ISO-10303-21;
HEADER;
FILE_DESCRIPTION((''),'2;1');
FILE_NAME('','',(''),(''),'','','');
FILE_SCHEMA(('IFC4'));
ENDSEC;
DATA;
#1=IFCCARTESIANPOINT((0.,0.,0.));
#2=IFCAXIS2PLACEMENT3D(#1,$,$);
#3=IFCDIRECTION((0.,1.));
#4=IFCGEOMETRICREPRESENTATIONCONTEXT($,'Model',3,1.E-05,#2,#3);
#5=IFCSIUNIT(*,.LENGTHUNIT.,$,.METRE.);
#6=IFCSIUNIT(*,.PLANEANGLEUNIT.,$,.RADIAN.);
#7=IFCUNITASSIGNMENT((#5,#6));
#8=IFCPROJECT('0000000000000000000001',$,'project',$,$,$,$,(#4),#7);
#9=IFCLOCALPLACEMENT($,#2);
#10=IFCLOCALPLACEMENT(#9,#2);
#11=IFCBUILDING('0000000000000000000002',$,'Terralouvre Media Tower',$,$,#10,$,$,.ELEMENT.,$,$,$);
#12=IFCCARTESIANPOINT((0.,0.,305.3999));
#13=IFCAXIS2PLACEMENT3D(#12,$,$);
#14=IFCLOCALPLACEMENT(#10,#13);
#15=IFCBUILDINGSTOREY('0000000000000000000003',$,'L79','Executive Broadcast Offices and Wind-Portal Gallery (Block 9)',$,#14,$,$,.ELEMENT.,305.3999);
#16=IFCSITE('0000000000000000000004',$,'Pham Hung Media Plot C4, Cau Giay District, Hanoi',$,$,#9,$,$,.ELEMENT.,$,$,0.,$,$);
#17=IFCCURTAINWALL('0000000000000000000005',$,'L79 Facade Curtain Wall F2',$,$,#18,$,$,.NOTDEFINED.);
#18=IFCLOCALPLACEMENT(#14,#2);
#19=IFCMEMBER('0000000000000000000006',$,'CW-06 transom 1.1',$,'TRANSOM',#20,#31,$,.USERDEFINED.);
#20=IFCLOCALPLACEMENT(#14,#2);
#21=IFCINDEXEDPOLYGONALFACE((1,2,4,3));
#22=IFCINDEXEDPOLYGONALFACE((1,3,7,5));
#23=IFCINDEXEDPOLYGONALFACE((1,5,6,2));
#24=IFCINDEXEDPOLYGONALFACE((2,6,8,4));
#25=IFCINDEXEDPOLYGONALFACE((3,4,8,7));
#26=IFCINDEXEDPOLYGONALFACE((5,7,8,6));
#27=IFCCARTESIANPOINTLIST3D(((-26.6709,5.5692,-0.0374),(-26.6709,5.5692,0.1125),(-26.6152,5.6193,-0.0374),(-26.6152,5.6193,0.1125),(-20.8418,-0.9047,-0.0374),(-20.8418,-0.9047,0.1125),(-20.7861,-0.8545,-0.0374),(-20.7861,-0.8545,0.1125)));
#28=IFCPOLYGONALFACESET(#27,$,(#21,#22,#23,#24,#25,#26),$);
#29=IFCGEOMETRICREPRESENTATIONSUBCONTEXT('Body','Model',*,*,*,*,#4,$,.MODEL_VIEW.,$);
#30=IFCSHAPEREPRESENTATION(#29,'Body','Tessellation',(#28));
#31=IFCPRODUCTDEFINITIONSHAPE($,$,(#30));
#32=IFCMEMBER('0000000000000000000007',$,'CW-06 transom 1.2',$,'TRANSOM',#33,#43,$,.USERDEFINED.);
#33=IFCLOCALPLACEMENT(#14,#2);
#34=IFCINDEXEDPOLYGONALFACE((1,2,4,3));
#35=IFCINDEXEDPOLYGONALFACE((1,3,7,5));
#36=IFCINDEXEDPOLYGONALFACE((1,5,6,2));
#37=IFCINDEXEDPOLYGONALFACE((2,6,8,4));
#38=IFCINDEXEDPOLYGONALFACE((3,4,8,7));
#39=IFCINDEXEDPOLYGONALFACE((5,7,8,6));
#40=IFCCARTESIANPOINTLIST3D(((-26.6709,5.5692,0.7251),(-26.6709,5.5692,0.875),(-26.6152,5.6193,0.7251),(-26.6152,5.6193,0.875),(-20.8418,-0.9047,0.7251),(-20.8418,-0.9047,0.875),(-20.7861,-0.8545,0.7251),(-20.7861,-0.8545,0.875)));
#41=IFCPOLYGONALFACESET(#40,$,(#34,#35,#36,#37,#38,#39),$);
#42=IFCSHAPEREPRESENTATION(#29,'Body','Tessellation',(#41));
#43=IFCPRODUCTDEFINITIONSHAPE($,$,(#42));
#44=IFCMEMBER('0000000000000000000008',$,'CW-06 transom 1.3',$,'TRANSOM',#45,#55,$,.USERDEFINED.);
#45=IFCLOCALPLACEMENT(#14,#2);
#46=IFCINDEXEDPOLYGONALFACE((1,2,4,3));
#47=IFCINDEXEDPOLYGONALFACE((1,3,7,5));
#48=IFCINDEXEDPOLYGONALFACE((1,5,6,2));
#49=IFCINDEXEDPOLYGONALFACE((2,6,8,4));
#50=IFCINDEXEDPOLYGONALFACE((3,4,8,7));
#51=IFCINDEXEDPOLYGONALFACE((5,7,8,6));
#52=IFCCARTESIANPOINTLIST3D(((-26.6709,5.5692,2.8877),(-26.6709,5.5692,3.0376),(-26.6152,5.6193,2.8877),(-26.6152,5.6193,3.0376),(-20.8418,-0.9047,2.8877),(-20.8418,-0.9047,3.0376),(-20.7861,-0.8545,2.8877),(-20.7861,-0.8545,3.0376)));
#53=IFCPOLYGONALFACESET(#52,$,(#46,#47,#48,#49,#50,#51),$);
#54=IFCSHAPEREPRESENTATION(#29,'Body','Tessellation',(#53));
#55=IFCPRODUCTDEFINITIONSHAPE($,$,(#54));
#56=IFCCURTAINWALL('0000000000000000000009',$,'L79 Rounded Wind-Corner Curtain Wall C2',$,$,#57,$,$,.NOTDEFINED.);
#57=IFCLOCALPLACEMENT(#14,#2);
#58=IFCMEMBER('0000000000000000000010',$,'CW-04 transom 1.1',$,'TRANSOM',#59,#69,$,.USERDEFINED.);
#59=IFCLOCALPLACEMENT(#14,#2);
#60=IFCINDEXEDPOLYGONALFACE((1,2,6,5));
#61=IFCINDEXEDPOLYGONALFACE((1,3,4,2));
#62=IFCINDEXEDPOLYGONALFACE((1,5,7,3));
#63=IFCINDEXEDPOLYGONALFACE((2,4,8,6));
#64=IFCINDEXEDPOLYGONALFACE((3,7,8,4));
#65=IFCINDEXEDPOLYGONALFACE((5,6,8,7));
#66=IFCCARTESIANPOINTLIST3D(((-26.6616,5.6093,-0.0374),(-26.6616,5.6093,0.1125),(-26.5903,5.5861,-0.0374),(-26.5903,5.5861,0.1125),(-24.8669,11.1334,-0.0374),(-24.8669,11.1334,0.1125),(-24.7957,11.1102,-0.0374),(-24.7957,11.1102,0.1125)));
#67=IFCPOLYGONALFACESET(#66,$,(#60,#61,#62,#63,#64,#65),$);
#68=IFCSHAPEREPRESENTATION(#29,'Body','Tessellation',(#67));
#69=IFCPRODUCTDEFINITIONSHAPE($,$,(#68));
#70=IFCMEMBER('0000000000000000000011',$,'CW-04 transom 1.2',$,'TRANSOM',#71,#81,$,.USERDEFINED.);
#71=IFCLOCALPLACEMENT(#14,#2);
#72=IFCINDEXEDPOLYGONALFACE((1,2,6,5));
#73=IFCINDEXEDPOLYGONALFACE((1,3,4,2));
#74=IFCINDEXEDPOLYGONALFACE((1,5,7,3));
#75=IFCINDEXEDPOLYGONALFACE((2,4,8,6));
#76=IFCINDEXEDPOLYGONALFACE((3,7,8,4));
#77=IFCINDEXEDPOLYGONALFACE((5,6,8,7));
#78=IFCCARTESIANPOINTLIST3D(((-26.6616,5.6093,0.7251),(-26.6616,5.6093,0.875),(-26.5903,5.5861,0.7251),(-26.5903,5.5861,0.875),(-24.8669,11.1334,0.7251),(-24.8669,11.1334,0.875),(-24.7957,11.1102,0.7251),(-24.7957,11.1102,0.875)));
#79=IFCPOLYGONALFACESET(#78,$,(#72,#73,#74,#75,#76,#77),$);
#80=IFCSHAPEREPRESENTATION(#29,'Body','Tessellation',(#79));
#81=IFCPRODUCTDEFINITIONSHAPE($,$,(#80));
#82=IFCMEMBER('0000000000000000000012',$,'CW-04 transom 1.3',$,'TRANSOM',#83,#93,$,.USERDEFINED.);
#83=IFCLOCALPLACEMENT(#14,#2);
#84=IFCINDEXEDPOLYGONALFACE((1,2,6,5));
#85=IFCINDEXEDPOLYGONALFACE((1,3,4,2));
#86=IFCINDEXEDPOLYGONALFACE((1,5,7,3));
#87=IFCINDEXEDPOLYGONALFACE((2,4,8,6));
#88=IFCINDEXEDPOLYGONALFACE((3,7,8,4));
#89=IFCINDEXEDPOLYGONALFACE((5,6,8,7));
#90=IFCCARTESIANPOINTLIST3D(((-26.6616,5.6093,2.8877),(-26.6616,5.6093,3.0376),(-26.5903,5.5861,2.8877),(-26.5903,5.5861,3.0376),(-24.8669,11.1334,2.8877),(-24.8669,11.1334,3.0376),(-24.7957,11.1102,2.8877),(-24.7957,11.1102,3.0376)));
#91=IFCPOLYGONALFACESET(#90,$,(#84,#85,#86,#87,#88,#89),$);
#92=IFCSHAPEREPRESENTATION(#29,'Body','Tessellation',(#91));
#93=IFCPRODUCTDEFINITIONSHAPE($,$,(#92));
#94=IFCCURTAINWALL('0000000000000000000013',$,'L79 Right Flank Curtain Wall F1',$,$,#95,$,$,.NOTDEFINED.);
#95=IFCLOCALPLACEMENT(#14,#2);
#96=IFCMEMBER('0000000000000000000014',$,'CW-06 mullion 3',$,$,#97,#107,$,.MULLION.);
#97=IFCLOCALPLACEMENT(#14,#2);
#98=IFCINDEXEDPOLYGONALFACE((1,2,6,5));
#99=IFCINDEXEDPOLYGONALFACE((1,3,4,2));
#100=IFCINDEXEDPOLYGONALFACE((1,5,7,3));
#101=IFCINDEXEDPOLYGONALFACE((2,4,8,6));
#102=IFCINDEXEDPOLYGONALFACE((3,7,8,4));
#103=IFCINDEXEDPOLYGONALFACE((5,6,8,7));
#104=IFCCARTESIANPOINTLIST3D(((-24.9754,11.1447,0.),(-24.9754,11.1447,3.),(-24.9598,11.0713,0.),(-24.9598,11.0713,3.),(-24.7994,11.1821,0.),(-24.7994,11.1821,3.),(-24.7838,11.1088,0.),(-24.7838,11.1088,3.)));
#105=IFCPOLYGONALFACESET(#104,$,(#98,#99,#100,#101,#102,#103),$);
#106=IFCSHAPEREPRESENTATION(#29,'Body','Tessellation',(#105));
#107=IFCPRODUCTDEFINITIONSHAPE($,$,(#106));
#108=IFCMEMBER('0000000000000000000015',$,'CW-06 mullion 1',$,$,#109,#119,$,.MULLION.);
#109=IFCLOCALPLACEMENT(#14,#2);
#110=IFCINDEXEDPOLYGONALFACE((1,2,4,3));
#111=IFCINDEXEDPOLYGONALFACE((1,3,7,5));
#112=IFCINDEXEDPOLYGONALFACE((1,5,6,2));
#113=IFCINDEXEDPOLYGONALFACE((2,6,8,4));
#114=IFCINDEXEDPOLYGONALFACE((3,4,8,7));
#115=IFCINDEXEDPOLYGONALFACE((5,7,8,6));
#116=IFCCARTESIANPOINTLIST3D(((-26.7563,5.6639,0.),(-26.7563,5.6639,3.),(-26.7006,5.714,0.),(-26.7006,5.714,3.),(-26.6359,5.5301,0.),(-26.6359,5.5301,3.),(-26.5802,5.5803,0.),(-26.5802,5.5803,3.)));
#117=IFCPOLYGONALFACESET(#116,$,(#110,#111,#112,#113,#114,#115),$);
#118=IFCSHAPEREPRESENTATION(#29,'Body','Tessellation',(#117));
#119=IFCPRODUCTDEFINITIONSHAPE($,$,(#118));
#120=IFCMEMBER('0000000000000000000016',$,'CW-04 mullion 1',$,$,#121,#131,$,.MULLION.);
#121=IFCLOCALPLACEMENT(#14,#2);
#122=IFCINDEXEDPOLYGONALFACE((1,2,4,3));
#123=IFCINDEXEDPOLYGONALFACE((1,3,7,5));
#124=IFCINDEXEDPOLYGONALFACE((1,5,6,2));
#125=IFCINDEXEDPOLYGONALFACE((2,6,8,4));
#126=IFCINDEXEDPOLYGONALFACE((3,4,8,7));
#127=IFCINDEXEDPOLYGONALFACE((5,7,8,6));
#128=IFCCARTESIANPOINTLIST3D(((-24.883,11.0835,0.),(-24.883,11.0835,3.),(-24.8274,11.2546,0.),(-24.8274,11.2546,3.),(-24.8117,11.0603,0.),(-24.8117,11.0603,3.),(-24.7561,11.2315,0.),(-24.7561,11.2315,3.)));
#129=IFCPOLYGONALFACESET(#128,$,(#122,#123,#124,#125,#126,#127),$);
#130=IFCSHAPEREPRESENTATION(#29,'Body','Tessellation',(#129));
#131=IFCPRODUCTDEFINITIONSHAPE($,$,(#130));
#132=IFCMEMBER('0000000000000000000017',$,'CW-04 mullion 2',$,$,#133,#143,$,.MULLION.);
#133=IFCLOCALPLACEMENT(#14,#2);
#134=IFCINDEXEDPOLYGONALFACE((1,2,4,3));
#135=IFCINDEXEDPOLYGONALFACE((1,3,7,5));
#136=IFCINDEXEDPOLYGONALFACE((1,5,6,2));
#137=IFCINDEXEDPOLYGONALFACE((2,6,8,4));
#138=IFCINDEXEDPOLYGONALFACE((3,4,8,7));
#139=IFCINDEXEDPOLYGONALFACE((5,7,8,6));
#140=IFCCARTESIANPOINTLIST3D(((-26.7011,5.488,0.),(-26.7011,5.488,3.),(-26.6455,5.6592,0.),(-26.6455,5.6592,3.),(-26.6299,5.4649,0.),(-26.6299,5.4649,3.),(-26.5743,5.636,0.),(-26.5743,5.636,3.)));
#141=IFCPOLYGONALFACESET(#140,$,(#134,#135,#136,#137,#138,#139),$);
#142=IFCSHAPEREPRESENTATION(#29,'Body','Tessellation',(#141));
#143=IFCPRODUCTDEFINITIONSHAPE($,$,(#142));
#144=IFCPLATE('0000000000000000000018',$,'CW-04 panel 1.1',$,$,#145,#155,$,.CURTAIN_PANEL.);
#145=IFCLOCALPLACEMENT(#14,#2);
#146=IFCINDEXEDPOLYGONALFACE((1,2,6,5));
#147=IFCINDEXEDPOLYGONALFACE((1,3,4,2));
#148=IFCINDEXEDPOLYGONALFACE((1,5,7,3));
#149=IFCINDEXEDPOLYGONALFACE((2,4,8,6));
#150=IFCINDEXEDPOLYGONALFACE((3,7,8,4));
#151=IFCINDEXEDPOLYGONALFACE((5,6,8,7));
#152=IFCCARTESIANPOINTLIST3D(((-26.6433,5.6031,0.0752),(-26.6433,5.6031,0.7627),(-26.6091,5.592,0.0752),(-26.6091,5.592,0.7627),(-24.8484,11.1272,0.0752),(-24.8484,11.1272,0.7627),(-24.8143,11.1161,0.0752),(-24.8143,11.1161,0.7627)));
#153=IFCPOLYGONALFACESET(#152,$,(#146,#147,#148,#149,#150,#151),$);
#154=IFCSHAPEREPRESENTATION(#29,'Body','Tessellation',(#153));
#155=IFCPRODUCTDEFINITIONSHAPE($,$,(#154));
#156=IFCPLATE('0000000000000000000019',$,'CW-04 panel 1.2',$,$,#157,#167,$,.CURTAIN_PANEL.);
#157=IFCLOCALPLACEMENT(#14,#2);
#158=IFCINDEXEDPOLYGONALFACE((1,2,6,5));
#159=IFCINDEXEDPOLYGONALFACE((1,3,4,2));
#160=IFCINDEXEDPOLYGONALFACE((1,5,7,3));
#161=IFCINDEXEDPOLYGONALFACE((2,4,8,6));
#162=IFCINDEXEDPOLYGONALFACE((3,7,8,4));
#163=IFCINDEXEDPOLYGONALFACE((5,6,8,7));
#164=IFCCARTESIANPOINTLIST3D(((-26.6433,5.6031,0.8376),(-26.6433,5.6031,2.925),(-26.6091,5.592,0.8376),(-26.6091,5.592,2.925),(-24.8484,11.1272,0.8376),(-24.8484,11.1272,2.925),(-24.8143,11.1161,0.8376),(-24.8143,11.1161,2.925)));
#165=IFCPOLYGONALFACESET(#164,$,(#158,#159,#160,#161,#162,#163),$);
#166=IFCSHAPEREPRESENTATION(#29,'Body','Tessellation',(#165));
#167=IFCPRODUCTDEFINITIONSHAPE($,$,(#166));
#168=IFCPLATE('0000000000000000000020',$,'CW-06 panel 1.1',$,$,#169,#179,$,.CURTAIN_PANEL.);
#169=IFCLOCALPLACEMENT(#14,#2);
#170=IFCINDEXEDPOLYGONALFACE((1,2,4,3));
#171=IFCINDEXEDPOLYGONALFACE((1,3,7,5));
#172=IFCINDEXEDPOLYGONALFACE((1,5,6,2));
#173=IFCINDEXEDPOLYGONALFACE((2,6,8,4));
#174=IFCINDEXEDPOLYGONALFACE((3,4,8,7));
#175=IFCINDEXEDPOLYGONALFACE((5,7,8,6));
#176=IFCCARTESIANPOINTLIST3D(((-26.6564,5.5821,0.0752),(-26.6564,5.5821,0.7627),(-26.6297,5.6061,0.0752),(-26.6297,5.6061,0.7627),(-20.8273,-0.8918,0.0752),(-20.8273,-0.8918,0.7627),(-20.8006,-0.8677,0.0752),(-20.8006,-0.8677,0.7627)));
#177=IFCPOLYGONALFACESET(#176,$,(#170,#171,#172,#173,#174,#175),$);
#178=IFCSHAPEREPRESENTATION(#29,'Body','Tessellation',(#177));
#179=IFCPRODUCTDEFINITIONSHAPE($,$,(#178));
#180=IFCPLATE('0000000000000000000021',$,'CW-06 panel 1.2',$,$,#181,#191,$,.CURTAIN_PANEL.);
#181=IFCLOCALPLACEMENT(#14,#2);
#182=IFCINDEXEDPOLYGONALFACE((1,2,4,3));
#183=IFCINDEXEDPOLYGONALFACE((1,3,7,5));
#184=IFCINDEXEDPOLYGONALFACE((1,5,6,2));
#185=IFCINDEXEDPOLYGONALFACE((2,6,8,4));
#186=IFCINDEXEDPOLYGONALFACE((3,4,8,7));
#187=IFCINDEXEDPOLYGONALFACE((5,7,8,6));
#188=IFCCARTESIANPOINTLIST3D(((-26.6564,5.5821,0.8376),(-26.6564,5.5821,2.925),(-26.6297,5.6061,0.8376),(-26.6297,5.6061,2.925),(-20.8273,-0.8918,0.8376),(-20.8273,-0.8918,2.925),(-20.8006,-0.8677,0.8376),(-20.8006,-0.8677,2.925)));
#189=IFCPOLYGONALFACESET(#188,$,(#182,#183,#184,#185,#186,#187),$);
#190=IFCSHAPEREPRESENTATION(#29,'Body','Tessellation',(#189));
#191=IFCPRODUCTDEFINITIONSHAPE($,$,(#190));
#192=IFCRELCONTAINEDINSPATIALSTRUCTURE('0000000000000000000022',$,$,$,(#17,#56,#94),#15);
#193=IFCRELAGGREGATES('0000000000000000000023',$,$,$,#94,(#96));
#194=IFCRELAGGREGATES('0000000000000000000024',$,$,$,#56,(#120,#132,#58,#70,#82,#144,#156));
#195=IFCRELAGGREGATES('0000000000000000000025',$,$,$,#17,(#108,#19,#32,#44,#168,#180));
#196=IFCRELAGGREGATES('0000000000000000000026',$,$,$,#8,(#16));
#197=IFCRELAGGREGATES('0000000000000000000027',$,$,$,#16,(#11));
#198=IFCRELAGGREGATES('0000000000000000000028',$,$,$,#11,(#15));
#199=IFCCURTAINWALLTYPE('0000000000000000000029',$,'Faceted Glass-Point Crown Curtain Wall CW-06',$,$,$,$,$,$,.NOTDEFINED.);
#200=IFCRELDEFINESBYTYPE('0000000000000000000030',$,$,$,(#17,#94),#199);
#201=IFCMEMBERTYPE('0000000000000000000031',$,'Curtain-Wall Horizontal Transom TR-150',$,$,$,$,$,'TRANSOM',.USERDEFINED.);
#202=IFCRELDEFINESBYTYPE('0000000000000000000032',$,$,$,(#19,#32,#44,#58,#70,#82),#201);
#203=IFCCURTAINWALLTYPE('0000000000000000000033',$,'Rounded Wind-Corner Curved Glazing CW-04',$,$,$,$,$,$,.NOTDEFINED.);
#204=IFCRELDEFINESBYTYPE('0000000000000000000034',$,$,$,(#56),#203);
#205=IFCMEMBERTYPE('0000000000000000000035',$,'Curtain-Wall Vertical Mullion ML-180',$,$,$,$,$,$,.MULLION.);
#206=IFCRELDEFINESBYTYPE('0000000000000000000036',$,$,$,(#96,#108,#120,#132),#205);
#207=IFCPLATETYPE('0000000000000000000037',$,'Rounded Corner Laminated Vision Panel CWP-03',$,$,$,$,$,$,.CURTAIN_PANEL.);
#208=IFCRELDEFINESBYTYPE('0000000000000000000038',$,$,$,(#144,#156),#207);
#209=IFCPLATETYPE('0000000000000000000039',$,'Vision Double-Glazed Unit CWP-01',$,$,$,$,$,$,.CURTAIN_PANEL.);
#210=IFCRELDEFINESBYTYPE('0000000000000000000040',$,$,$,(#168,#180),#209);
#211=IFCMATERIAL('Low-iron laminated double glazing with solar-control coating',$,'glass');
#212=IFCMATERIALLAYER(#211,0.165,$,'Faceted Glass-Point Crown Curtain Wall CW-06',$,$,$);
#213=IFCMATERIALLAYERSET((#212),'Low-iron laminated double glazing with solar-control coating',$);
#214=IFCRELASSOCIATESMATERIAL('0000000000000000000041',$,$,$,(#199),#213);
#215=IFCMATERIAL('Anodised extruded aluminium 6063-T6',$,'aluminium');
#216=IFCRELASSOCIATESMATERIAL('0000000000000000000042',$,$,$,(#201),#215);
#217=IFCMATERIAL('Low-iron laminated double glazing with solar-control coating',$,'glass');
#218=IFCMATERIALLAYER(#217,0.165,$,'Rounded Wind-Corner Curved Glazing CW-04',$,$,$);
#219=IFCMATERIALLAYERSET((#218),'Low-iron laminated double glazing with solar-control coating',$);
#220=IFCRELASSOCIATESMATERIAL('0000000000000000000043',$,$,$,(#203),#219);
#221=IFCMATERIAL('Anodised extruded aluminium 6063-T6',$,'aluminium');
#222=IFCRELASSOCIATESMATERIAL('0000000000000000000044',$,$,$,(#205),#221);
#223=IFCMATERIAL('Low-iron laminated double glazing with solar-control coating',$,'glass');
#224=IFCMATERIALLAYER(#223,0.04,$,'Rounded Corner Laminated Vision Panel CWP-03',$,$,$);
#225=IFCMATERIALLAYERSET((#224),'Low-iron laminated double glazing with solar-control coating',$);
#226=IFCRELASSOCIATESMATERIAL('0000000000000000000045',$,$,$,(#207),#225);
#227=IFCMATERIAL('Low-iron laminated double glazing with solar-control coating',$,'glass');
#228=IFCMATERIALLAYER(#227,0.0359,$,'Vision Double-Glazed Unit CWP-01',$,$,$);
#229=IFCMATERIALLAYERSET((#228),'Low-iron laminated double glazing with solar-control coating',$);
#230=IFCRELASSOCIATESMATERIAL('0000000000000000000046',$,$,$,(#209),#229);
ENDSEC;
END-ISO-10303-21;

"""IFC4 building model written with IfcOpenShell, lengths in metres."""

from ifc_helpers import new_model, si_unit, direction, frame, origin, origin_2d, place, context, subcontext, project, spatial, rectangle, extrude, material, layer, layer_set, material_profile, profile_set, type_object, element, aggregate, save


model = new_model("IFC4")

# Units and contexts
model_context = context("Model", 3, precision=1e-05, world=origin(), true_north=direction((0.0, 1.0)))
body_context = subcontext(model_context, "Body", "Model", "MODEL_VIEW")
ifc_project = project(units=[si_unit("LENGTHUNIT", "METRE"), si_unit("PLANEANGLEUNIT", "RADIAN")], contexts=[model_context])

# Site, building, storey
site_placement = place(None, origin())
site = spatial("IfcSite", under=ifc_project, at=site_placement, Name="Pham Hung Media Plot C4, Cau Giay District, Hanoi", CompositionType="ELEMENT", RefElevation=0.0)
building_placement = place(site_placement, origin())
building = spatial("IfcBuilding", under=site, at=building_placement, Name="Terralouvre Media Tower", CompositionType="ELEMENT")
storey_placement = place(building_placement, frame((0.0, 0.0, 305.3999)))
storey = spatial("IfcBuildingStorey", under=building, at=storey_placement, Name="L79", Description="Executive Broadcast Offices and Wind-Portal Gallery (Block 9)", CompositionType="ELEMENT", Elevation=305.3999)

# Curtain walls, members
ifc_material_1 = material(Name="Low-iron laminated double glazing with solar-control coating", Category="glass")
ifc_layer_1 = layer(ifc_material_1, 0.165, Name="Faceted Glass-Point Crown Curtain Wall CW-06")
ifc_layer_set_1 = layer_set([ifc_layer_1], Name="Low-iron laminated double glazing with solar-control coating")
curtain_wall_type_1 = type_object("IfcCurtainWallType", Name="Faceted Glass-Point Crown Curtain Wall CW-06", PredefinedType="NOTDEFINED", material=ifc_layer_set_1)
curtain_wall_1_placement = place(storey_placement, origin())
curtain_wall_1 = element("IfcCurtainWall", 1, at=curtain_wall_1_placement, inside=storey, type_object=curtain_wall_type_1, Name="L79 Facade Curtain Wall F2", PredefinedType="NOTDEFINED")
ifc_material_2 = material(Name="Anodised extruded aluminium 6063-T6", Category="aluminium")
ifc_material_profile_1 = material_profile(ifc_material_2, rectangle(XDim=0.075, YDim=0.1499, at=origin_2d()), Name="ALU 75x150")
ifc_profile_set_1 = profile_set([ifc_material_profile_1], Name="Anodised extruded aluminium 6063-T6")
member_type_1 = type_object("IfcMemberType", Name="Curtain-Wall Horizontal Transom TR-150", ElementType="TRANSOM", PredefinedType="USERDEFINED", material=ifc_profile_set_1)
member_1_placement = place(storey_placement, frame((-26.6431, 5.5942, 0.0376), z_axis=(0.66913, -0.743145, 0.0), x_axis=(0.743145, 0.66913, 0.0)))
member_1 = element("IfcMember", 2, at=member_1_placement, type_object=member_type_1, Name="CW-06 transom 1.1", ObjectType="TRANSOM", PredefinedType="USERDEFINED", context=body_context, shape_type="SweptSolid", body=[
    extrude(rectangle(XDim=0.075, YDim=0.1499, at=origin_2d()), origin(), (0.0, 0.0, 1.0), 8.7114),
])
member_2_placement = place(storey_placement, frame((-26.6431, 5.5942, 0.8), z_axis=(0.66913, -0.743145, 0.0), x_axis=(0.743145, 0.66913, 0.0)))
member_2 = element("IfcMember", 3, at=member_2_placement, type_object=member_type_1, Name="CW-06 transom 1.2", ObjectType="TRANSOM", PredefinedType="USERDEFINED", context=body_context, shape_type="SweptSolid", body=[
    extrude(rectangle(XDim=0.075, YDim=0.1499, at=origin_2d()), origin(), (0.0, 0.0, 1.0), 8.7114),
])
member_3_placement = place(storey_placement, frame((-26.6431, 5.5942, 2.9626), z_axis=(0.66913, -0.743145, 0.0), x_axis=(0.743145, 0.66913, 0.0)))
member_3 = element("IfcMember", 4, at=member_3_placement, type_object=member_type_1, Name="CW-06 transom 1.3", ObjectType="TRANSOM", PredefinedType="USERDEFINED", context=body_context, shape_type="SweptSolid", body=[
    extrude(rectangle(XDim=0.075, YDim=0.1499, at=origin_2d()), origin(), (0.0, 0.0, 1.0), 8.7114),
])
ifc_material_3 = material(Name="Low-iron laminated double glazing with solar-control coating", Category="glass")
ifc_layer_2 = layer(ifc_material_3, 0.165, Name="Rounded Wind-Corner Curved Glazing CW-04")
ifc_layer_set_2 = layer_set([ifc_layer_2], Name="Low-iron laminated double glazing with solar-control coating")
curtain_wall_type_2 = type_object("IfcCurtainWallType", Name="Rounded Wind-Corner Curved Glazing CW-04", PredefinedType="NOTDEFINED", material=ifc_layer_set_2)
curtain_wall_2_placement = place(storey_placement, origin())
curtain_wall_2 = element("IfcCurtainWall", 5, at=curtain_wall_2_placement, inside=storey, type_object=curtain_wall_type_2, Name="L79 Rounded Wind-Corner Curtain Wall C2", PredefinedType="NOTDEFINED")
member_4_placement = place(storey_placement, frame((-24.8313, 11.1218, 0.0376), z_axis=(-0.308981, -0.951068, 0.0), x_axis=(0.951068, -0.308981, 0.0)))
member_4 = element("IfcMember", 6, at=member_4_placement, type_object=member_type_1, Name="CW-04 transom 1.1", ObjectType="TRANSOM", PredefinedType="USERDEFINED", context=body_context, shape_type="SweptSolid", body=[
    extrude(rectangle(XDim=0.075, YDim=0.1499, at=origin_2d()), origin(), (0.0, 0.0, 1.0), 5.8083),
])
member_5_placement = place(storey_placement, frame((-24.8313, 11.1218, 0.8), z_axis=(-0.308981, -0.951068, 0.0), x_axis=(0.951068, -0.308981, 0.0)))
member_5 = element("IfcMember", 7, at=member_5_placement, type_object=member_type_1, Name="CW-04 transom 1.2", ObjectType="TRANSOM", PredefinedType="USERDEFINED", context=body_context, shape_type="SweptSolid", body=[
    extrude(rectangle(XDim=0.075, YDim=0.1499, at=origin_2d()), origin(), (0.0, 0.0, 1.0), 5.8083),
])
member_6_placement = place(storey_placement, frame((-24.8313, 11.1218, 2.9626), z_axis=(-0.308981, -0.951068, 0.0), x_axis=(0.951068, -0.308981, 0.0)))
member_6 = element("IfcMember", 8, at=member_6_placement, type_object=member_type_1, Name="CW-04 transom 1.3", ObjectType="TRANSOM", PredefinedType="USERDEFINED", context=body_context, shape_type="SweptSolid", body=[
    extrude(rectangle(XDim=0.075, YDim=0.1499, at=origin_2d()), origin(), (0.0, 0.0, 1.0), 5.8083),
])

# Curtain wall, member
curtain_wall_3_placement = place(storey_placement, origin())
curtain_wall_3 = element("IfcCurtainWall", 9, at=curtain_wall_3_placement, inside=storey, type_object=curtain_wall_type_1, Name="L79 Right Flank Curtain Wall F1", PredefinedType="NOTDEFINED")
ifc_material_4 = material(Name="Anodised extruded aluminium 6063-T6", Category="aluminium")
ifc_material_profile_2 = material_profile(ifc_material_4, rectangle(XDim=0.075, YDim=0.1799, at=origin_2d()), Name="ALU 75x180")
ifc_profile_set_2 = profile_set([ifc_material_profile_2], Name="Anodised extruded aluminium 6063-T6")
member_type_2 = type_object("IfcMemberType", Name="Curtain-Wall Vertical Mullion ML-180", PredefinedType="MULLION", material=ifc_profile_set_2)
member_7_placement = place(storey_placement, frame((-24.8796, 11.1267, 0.0), z_axis=(0.0, 0.0, 1.0), x_axis=(0.207911, -0.978148, 0.0)))
member_7 = element("IfcMember", 10, at=member_7_placement, type_object=member_type_2, Name="CW-06 mullion 3", PredefinedType="MULLION", context=body_context, shape_type="SweptSolid", body=[
    extrude(rectangle(XDim=0.075, YDim=0.1799, at=origin_2d()), origin(), (0.0, 0.0, 1.0), 3.0),
])
aggregate(curtain_wall_3, [member_7])

# Members
member_8_placement = place(storey_placement, frame((-26.6682, 5.6221, 0.0), z_axis=(0.0, 0.0, 1.0), x_axis=(0.743145, 0.669131, 0.0)))
member_8 = element("IfcMember", 11, at=member_8_placement, type_object=member_type_2, Name="CW-06 mullion 1", PredefinedType="MULLION", context=body_context, shape_type="SweptSolid", body=[
    extrude(rectangle(XDim=0.075, YDim=0.1799, at=origin_2d()), origin(), (0.0, 0.0, 1.0), 3.0),
])
member_9_placement = place(storey_placement, frame((-24.8196, 11.1575, 0.0), z_axis=(0.0, 0.0, 1.0), x_axis=(0.951057, -0.309017, 0.0)))
member_9 = element("IfcMember", 12, at=member_9_placement, type_object=member_type_2, Name="CW-04 mullion 1", PredefinedType="MULLION", context=body_context, shape_type="SweptSolid", body=[
    extrude(rectangle(XDim=0.075, YDim=0.1799, at=origin_2d()), origin(), (0.0, 0.0, 1.0), 3.0),
])
member_10_placement = place(storey_placement, frame((-26.6377, 5.562, 0.0), z_axis=(0.0, 0.0, 1.0), x_axis=(0.951057, -0.309017, 0.0)))
member_10 = element("IfcMember", 13, at=member_10_placement, type_object=member_type_2, Name="CW-04 mullion 2", PredefinedType="MULLION", context=body_context, shape_type="SweptSolid", body=[
    extrude(rectangle(XDim=0.075, YDim=0.1799, at=origin_2d()), origin(), (0.0, 0.0, 1.0), 3.0),
])

# Plates
ifc_material_5 = material(Name="Low-iron laminated double glazing with solar-control coating", Category="glass")
ifc_layer_3 = layer(ifc_material_5, 0.04, Name="Rounded Corner Laminated Vision Panel CWP-03")
ifc_layer_set_3 = layer_set([ifc_layer_3], Name="Low-iron laminated double glazing with solar-control coating")
plate_type_1 = type_object("IfcPlateType", Name="Rounded Corner Laminated Vision Panel CWP-03", PredefinedType="CURTAIN_PANEL", material=ifc_layer_set_3)
plate_1_placement = place(storey_placement, frame((-25.7288, 8.3596, 0.0752), z_axis=(0.0, 0.0, 1.0), x_axis=(-0.309017, -0.951057, 0.0)))
plate_1 = element("IfcPlate", 14, at=plate_1_placement, type_object=plate_type_1, Name="CW-04 panel 1.1", PredefinedType="CURTAIN_PANEL", context=body_context, shape_type="SweptSolid", body=[
    extrude(rectangle(XDim=5.8083, YDim=0.0359, at=origin_2d()), origin(), (0.0, 0.0, 1.0), 0.6875),
])
plate_2_placement = place(storey_placement, frame((-25.7288, 8.3596, 0.8376), z_axis=(0.0, 0.0, 1.0), x_axis=(-0.309017, -0.951057, 0.0)))
plate_2 = element("IfcPlate", 15, at=plate_2_placement, type_object=plate_type_1, Name="CW-04 panel 1.2", PredefinedType="CURTAIN_PANEL", context=body_context, shape_type="SweptSolid", body=[
    extrude(rectangle(XDim=5.8083, YDim=0.0359, at=origin_2d()), origin(), (0.0, 0.0, 1.0), 2.0874),
])
aggregate(curtain_wall_2, [member_9, member_10, member_4, member_5, member_6, plate_1, plate_2])
ifc_material_6 = material(Name="Low-iron laminated double glazing with solar-control coating", Category="glass")
ifc_layer_4 = layer(ifc_material_6, 0.0359, Name="Vision Double-Glazed Unit CWP-01")
ifc_layer_set_4 = layer_set([ifc_layer_4], Name="Low-iron laminated double glazing with solar-control coating")
plate_type_2 = type_object("IfcPlateType", Name="Vision Double-Glazed Unit CWP-01", PredefinedType="CURTAIN_PANEL", material=ifc_layer_set_4)
plate_3_placement = place(storey_placement, frame((-23.7285, 2.3572, 0.0752), z_axis=(0.0, 0.0, 1.0), x_axis=(0.669131, -0.743145, 0.0)))
plate_3 = element("IfcPlate", 16, at=plate_3_placement, type_object=plate_type_2, Name="CW-06 panel 1.1", PredefinedType="CURTAIN_PANEL", context=body_context, shape_type="SweptSolid", body=[
    extrude(rectangle(XDim=8.7114, YDim=0.0359, at=origin_2d()), origin(), (0.0, 0.0, 1.0), 0.6875),
])
plate_4_placement = place(storey_placement, frame((-23.7285, 2.3572, 0.8376), z_axis=(0.0, 0.0, 1.0), x_axis=(0.669131, -0.743145, 0.0)))
plate_4 = element("IfcPlate", 17, at=plate_4_placement, type_object=plate_type_2, Name="CW-06 panel 1.2", PredefinedType="CURTAIN_PANEL", context=body_context, shape_type="SweptSolid", body=[
    extrude(rectangle(XDim=8.7114, YDim=0.0359, at=origin_2d()), origin(), (0.0, 0.0, 1.0), 2.0874),
])
aggregate(curtain_wall_1, [member_8, member_1, member_2, member_3, plate_3, plate_4])

save(model, "model.ifc")
